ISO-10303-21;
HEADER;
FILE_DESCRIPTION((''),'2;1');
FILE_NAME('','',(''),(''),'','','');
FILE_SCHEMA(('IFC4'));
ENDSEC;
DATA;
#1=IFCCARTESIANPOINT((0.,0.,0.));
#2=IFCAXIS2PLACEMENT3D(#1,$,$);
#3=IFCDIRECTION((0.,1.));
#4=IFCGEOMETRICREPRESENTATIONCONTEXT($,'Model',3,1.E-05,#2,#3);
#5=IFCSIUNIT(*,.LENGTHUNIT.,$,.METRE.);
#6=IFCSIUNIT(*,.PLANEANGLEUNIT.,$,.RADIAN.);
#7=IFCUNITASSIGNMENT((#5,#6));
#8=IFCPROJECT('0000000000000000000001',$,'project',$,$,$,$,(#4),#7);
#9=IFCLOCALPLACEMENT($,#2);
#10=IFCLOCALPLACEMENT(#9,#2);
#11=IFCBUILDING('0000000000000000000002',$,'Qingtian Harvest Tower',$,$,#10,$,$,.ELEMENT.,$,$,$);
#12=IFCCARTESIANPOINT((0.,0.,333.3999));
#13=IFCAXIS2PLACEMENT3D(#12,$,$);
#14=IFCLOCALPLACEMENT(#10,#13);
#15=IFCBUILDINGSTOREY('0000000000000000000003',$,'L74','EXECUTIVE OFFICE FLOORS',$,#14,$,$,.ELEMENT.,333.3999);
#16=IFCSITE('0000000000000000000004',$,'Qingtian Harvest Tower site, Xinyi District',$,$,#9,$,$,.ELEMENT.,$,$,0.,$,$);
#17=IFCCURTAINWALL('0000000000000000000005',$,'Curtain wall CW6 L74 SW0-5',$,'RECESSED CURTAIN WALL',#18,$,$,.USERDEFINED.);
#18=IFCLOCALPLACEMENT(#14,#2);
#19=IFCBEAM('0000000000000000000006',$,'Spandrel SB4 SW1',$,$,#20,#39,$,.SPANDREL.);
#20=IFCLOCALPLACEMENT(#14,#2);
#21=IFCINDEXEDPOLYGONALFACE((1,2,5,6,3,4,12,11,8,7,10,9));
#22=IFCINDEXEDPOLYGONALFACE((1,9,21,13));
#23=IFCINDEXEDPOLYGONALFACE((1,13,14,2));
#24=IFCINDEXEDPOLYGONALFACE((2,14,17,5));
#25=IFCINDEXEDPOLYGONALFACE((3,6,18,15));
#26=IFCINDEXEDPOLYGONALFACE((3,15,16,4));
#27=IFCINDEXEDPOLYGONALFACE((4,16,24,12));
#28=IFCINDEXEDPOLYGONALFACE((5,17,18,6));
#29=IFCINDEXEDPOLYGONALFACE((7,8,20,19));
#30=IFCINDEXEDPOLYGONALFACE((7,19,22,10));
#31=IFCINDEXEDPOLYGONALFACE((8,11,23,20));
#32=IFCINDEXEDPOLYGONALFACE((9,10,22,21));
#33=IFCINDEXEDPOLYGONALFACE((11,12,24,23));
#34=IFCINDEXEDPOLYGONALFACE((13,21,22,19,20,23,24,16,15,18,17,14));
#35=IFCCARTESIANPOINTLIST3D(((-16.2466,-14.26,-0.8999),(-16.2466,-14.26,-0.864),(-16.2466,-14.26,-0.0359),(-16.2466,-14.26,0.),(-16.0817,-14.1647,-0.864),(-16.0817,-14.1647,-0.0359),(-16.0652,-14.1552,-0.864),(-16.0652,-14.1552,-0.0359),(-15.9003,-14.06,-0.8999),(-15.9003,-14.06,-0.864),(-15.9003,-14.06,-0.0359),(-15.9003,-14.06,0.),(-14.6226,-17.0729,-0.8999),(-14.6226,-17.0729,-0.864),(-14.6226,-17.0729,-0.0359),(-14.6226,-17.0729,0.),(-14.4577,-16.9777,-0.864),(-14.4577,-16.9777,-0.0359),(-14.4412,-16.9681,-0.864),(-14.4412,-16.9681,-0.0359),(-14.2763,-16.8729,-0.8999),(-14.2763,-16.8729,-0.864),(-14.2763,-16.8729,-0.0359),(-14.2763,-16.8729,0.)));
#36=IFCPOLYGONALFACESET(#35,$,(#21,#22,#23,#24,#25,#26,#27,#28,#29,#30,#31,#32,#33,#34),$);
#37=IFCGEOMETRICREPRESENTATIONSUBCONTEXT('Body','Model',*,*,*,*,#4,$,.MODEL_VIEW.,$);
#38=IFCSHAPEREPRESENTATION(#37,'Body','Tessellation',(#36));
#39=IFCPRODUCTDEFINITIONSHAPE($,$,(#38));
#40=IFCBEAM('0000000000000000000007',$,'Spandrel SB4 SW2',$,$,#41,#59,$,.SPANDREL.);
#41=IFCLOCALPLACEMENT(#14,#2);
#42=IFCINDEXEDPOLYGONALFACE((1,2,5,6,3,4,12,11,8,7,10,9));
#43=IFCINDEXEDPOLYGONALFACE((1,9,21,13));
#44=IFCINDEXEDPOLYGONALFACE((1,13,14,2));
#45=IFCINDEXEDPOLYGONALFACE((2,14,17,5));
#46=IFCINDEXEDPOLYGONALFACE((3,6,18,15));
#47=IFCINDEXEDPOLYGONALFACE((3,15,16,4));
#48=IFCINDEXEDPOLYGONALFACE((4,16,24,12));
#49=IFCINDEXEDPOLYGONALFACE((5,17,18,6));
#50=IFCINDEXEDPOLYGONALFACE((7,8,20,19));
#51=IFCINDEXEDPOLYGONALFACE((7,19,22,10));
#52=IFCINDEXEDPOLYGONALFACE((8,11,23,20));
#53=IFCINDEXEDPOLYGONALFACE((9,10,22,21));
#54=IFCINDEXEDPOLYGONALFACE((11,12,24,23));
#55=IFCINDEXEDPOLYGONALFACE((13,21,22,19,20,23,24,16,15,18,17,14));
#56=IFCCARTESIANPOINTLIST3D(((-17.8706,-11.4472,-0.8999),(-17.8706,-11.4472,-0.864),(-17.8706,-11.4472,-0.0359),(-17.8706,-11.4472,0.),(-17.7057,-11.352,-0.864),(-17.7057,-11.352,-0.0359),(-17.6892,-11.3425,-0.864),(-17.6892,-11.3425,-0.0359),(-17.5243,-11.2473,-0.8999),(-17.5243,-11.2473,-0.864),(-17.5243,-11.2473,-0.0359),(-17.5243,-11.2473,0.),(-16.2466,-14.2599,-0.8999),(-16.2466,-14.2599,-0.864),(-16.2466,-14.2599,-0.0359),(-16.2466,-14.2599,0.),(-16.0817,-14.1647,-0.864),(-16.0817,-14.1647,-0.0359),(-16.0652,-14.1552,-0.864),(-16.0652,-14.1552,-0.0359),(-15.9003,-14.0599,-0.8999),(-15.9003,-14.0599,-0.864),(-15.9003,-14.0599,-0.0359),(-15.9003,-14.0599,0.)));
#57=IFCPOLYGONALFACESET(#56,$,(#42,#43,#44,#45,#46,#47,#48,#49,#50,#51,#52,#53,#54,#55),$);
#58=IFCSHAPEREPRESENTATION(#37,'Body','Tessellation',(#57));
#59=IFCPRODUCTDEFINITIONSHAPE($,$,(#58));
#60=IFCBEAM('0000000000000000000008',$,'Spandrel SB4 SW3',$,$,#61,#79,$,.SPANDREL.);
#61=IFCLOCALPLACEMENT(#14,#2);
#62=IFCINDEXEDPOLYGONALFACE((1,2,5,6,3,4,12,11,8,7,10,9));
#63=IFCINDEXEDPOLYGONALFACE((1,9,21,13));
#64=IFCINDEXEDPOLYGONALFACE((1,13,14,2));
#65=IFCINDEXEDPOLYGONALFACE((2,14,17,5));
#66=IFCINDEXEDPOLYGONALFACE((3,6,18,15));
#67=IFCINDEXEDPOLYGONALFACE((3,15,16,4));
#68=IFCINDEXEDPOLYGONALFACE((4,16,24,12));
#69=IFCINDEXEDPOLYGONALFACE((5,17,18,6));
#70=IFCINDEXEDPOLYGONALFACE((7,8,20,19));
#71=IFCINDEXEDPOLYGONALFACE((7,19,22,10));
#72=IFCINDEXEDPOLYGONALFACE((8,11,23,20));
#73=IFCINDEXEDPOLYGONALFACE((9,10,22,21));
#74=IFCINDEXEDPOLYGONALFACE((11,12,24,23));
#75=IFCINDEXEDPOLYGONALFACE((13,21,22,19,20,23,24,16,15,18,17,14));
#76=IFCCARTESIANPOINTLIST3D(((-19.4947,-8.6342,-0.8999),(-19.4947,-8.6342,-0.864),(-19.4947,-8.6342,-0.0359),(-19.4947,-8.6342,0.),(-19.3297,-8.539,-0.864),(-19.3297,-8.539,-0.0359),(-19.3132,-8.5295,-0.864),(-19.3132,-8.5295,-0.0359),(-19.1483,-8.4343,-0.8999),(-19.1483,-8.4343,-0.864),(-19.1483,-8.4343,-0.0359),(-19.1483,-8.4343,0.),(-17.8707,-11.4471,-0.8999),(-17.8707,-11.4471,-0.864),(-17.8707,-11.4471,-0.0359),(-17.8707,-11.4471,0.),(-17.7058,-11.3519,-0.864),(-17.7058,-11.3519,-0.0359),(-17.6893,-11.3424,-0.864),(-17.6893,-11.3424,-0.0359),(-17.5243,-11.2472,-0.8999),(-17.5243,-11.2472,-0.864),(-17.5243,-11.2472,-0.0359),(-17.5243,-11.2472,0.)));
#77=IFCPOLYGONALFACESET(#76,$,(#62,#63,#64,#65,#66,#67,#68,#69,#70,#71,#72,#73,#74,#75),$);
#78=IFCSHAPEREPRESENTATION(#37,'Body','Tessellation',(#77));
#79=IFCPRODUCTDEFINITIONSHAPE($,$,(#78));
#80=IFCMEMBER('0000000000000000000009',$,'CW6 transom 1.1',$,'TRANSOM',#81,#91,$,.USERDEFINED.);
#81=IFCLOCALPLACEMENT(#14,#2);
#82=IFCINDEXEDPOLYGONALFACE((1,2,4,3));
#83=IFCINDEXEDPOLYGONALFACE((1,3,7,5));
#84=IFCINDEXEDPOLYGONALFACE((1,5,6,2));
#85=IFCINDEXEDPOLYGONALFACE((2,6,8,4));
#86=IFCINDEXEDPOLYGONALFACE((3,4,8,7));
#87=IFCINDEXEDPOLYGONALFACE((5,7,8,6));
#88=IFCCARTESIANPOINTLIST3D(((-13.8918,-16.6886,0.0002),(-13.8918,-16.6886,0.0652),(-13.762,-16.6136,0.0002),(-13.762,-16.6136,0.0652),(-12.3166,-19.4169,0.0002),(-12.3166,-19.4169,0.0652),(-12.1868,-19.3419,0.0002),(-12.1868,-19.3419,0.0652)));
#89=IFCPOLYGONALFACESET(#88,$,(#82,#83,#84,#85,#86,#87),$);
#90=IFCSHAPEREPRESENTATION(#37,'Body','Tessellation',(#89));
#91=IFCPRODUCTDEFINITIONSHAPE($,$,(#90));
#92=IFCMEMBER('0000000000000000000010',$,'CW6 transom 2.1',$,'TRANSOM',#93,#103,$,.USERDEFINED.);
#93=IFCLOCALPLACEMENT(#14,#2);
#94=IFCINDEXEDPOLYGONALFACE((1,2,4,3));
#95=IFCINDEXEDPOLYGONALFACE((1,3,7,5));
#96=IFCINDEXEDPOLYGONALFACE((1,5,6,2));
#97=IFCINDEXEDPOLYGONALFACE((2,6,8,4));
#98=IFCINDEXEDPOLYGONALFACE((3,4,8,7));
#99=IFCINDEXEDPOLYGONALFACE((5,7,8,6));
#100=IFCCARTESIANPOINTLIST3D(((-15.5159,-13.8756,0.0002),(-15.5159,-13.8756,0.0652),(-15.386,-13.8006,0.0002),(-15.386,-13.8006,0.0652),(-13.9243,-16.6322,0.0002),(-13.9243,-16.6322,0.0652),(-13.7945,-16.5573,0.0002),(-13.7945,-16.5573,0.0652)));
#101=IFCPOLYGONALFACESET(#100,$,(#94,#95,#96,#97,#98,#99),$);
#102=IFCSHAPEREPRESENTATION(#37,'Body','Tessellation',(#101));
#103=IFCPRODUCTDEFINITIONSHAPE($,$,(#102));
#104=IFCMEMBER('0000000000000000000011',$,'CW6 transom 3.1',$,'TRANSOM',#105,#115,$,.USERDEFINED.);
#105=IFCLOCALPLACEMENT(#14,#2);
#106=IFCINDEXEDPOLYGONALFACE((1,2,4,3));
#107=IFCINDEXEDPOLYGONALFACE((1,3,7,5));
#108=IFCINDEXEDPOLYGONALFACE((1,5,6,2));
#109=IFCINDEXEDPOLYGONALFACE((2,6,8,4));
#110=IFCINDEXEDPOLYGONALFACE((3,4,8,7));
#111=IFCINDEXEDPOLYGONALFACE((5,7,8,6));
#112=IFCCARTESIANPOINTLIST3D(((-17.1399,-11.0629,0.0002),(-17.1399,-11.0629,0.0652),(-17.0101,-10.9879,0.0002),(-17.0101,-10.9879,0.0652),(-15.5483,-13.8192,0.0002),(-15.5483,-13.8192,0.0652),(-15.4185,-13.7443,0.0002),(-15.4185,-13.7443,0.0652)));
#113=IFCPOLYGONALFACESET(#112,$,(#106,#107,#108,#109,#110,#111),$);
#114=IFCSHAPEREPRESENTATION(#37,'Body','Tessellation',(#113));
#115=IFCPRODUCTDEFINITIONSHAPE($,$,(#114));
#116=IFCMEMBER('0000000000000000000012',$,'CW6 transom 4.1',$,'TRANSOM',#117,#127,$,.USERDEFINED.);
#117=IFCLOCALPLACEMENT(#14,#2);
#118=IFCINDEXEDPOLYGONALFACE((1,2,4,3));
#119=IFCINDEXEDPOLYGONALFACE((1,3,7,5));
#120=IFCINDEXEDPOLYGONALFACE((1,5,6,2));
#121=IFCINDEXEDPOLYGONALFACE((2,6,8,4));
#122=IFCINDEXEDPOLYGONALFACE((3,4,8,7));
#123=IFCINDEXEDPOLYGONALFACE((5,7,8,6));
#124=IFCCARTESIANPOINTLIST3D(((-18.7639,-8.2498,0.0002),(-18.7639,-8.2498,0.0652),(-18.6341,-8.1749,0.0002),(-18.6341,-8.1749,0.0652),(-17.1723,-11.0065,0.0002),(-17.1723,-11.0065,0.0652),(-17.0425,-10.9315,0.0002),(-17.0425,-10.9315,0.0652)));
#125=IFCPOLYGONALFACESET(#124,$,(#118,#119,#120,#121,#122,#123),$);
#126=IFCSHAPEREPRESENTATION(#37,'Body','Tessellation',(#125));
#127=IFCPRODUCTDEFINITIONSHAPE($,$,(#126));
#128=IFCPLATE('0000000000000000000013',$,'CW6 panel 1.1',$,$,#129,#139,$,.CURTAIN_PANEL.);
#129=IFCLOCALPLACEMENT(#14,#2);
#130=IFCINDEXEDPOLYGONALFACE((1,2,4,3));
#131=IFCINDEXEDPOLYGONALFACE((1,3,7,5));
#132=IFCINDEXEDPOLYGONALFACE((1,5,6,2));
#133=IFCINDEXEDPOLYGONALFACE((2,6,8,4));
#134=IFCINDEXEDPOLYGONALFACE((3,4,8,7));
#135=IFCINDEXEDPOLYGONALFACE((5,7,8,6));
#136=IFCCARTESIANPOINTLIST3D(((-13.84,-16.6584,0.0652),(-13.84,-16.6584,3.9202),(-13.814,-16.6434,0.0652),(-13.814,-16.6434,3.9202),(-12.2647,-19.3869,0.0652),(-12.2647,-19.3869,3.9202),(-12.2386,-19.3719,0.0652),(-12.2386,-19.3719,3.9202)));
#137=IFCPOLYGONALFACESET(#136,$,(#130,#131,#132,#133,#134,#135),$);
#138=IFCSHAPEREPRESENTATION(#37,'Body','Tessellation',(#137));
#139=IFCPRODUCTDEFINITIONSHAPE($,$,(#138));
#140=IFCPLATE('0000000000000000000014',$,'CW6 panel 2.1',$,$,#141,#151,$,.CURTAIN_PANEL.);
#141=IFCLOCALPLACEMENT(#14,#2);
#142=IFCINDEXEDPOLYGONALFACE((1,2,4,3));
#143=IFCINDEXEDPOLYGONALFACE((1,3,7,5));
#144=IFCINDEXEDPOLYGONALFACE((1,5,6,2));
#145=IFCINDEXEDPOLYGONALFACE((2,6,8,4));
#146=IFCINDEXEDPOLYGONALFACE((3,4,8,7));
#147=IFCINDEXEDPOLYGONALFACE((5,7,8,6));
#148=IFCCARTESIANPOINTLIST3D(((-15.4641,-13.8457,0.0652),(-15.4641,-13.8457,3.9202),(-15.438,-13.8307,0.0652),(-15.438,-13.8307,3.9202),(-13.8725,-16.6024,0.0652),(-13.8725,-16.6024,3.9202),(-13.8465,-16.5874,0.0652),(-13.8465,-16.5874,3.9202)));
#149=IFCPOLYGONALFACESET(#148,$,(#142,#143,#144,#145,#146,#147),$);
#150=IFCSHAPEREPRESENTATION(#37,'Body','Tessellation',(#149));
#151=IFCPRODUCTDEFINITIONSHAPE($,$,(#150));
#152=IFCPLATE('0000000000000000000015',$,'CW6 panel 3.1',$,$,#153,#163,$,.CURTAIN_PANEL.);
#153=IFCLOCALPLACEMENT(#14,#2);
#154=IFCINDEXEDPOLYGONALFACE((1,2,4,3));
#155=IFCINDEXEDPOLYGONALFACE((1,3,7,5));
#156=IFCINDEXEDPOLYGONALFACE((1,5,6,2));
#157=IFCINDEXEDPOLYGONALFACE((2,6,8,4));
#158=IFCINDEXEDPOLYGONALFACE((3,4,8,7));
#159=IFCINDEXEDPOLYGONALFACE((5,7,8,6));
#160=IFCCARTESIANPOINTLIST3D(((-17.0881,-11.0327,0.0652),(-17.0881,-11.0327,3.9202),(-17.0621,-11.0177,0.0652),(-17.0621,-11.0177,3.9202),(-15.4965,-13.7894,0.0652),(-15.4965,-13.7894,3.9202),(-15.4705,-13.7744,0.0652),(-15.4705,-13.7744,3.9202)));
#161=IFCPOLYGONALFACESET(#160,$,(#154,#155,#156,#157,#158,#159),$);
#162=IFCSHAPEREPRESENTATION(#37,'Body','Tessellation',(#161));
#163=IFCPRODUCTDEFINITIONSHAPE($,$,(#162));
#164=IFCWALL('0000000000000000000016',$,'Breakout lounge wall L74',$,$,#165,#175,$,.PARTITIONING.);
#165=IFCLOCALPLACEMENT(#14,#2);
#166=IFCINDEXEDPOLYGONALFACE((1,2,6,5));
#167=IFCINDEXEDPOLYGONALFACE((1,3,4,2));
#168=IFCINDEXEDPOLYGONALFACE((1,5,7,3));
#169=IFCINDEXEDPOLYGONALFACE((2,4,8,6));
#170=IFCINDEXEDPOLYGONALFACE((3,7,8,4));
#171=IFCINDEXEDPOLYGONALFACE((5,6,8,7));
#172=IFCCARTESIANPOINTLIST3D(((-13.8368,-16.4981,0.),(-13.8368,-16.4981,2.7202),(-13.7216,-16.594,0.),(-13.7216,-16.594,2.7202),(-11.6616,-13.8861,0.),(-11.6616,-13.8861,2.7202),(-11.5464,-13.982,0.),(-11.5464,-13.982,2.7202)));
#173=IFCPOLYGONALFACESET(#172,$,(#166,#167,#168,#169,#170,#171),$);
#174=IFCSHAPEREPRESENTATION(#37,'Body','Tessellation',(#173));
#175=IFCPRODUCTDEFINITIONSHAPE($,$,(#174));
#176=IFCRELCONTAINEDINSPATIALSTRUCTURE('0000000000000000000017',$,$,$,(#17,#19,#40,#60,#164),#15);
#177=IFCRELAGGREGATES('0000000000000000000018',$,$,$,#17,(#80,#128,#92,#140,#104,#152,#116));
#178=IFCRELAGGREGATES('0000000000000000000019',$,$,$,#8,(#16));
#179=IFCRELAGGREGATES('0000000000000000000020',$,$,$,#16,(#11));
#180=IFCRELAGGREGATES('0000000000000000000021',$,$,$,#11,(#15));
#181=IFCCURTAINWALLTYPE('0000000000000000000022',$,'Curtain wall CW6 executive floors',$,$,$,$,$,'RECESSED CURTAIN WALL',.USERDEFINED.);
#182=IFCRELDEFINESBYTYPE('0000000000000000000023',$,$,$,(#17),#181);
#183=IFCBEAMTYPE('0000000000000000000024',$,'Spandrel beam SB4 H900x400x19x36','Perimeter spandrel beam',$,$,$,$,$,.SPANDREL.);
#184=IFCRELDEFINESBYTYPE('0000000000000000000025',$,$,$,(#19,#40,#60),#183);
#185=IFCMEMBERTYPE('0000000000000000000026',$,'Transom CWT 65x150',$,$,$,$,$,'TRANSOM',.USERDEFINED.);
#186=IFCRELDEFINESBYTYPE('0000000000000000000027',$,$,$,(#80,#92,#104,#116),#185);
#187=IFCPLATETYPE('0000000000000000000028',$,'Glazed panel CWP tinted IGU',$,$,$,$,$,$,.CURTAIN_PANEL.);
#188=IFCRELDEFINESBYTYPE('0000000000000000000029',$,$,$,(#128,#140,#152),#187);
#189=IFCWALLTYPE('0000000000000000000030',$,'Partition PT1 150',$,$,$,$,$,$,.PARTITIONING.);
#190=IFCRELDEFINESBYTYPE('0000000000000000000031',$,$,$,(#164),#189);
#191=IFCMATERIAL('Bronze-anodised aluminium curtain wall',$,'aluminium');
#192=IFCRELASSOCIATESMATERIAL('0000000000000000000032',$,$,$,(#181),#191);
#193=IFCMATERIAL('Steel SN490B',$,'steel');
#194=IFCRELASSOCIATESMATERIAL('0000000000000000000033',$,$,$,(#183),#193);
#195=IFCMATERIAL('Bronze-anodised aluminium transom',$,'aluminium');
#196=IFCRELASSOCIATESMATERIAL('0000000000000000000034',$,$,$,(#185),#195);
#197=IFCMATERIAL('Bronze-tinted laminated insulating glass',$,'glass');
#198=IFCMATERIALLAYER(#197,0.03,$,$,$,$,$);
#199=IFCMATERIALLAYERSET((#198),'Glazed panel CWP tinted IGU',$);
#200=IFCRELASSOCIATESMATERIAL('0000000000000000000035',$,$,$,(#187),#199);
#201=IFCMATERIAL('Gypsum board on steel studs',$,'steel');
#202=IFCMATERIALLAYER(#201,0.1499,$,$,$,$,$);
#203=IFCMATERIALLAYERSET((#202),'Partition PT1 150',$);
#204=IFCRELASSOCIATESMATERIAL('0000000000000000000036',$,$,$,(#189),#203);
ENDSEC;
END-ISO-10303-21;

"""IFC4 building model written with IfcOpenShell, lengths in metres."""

from ifc_helpers import new_model, si_unit, direction, frame, frame_2d, origin, origin_2d, place, context, subcontext, project, spatial, rectangle, i_section, extrude, material, layer, layer_set, material_profile, profile_set, type_object, element, aggregate, save


model = new_model("IFC4")

# Units and contexts
model_context = context("Model", 3, precision=1e-05, world=origin(), true_north=direction((0.0, 1.0)))
body_context = subcontext(model_context, "Body", "Model", "MODEL_VIEW")
ifc_project = project(units=[si_unit("LENGTHUNIT", "METRE"), si_unit("PLANEANGLEUNIT", "RADIAN")], contexts=[model_context])

# Site, building, storey
site_placement = place(None, origin())
site = spatial("IfcSite", under=ifc_project, at=site_placement, Name="Qingtian Harvest Tower site, Xinyi District", CompositionType="ELEMENT", RefElevation=0.0)
building_placement = place(site_placement, origin())
building = spatial("IfcBuilding", under=site, at=building_placement, Name="Qingtian Harvest Tower", CompositionType="ELEMENT")
storey_placement = place(building_placement, frame((0.0, 0.0, 333.3999)))
storey = spatial("IfcBuildingStorey", under=building, at=storey_placement, Name="L74", Description="EXECUTIVE OFFICE FLOORS", CompositionType="ELEMENT", Elevation=333.3999)

# Curtain wall
ifc_material_1 = material(Name="Bronze-anodised aluminium curtain wall", Category="aluminium")
curtain_wall_type = type_object("IfcCurtainWallType", Name="Curtain wall CW6 executive floors", ElementType="RECESSED CURTAIN WALL", PredefinedType="USERDEFINED", material=ifc_material_1)
curtain_wall_placement = place(storey_placement, origin())
curtain_wall = element("IfcCurtainWall", 1, at=curtain_wall_placement, inside=storey, type_object=curtain_wall_type, Name="Curtain wall CW6 L74 SW0-5", ObjectType="RECESSED CURTAIN WALL", PredefinedType="USERDEFINED")

# Beams
ifc_material_2 = material(Name="Steel SN490B", Category="steel")
ifc_material_profile_1 = material_profile(ifc_material_2, i_section(OverallWidth=0.3999, OverallDepth=0.8999, WebThickness=0.019, FlangeThickness=0.0359, at=origin_2d()), Name="H900x400x19x36")
ifc_profile_set_1 = profile_set([ifc_material_profile_1], Name="Steel SN490B")
beam_type_1 = type_object("IfcBeamType", Name="Spandrel beam SB4 H900x400x19x36", Description="Perimeter spandrel beam", PredefinedType="SPANDREL", material=ifc_profile_set_1)
beam_1_placement = place(storey_placement, frame((-14.4495, -16.9729, -0.45), z_axis=(-0.499987, 0.866033, 0.0), x_axis=(-0.866033, -0.499987, 0.0)))
element("IfcBeam", 2, at=beam_1_placement, inside=storey, type_object=beam_type_1, Name="Spandrel SB4 SW1", PredefinedType="SPANDREL", context=body_context, shape_type="SweptSolid", body=[
    extrude(i_section(OverallWidth=0.3999, OverallDepth=0.8999, WebThickness=0.019, FlangeThickness=0.0359, at=origin_2d()), origin(), (0.0, 0.0, 1.0), 3.248),
])
beam_2_placement = place(storey_placement, frame((-16.0735, -14.1599, -0.45), z_axis=(-0.50002, 0.866014, 0.0), x_axis=(-0.866014, -0.50002, 0.0)))
element("IfcBeam", 3, at=beam_2_placement, inside=storey, type_object=beam_type_1, Name="Spandrel SB4 SW2", PredefinedType="SPANDREL", context=body_context, shape_type="SweptSolid", body=[
    extrude(i_section(OverallWidth=0.3999, OverallDepth=0.8999, WebThickness=0.019, FlangeThickness=0.0359, at=origin_2d()), origin(), (0.0, 0.0, 1.0), 3.2478),
])
beam_3_placement = place(storey_placement, frame((-17.6975, -11.3472, -0.45), z_axis=(-0.499987, 0.866033, 0.0), x_axis=(-0.866033, -0.499987, 0.0)))
element("IfcBeam", 4, at=beam_3_placement, inside=storey, type_object=beam_type_1, Name="Spandrel SB4 SW3", PredefinedType="SPANDREL", context=body_context, shape_type="SweptSolid", body=[
    extrude(i_section(OverallWidth=0.3999, OverallDepth=0.8999, WebThickness=0.019, FlangeThickness=0.0359, at=origin_2d()), origin(), (0.0, 0.0, 1.0), 3.248),
])

# Members
ifc_material_3 = material(Name="Bronze-anodised aluminium transom", Category="aluminium")
ifc_material_profile_2 = material_profile(ifc_material_3, rectangle(XDim=0.1499, YDim=0.0649, at=origin_2d()), Name="AL 65x150")
ifc_profile_set_2 = profile_set([ifc_material_profile_2], Name="Bronze-anodised aluminium transom")
member_type_1 = type_object("IfcMemberType", Name="Transom CWT 65x150", ElementType="TRANSOM", PredefinedType="USERDEFINED", material=ifc_profile_set_2)
member_1_placement = place(storey_placement, frame((-12.2517, -19.3794, 0.0327), z_axis=(-0.500006, 0.866022, 0.0), x_axis=(-0.866022, -0.500006, 0.0)))
member_1 = element("IfcMember", 5, at=member_1_placement, type_object=member_type_1, Name="CW6 transom 1.1", ObjectType="TRANSOM", PredefinedType="USERDEFINED", context=body_context, shape_type="SweptSolid", body=[
    extrude(rectangle(XDim=0.1499, YDim=0.0649, at=origin_2d()), origin(), (0.0, 0.0, 1.0), 3.1504),
])
member_2_placement = place(storey_placement, frame((-13.8594, -16.5947, 0.0327), z_axis=(-0.500008, 0.866021, 0.0), x_axis=(-0.866021, -0.500008, 0.0)))
member_2 = element("IfcMember", 6, at=member_2_placement, type_object=member_type_1, Name="CW6 transom 2.1", ObjectType="TRANSOM", PredefinedType="USERDEFINED", context=body_context, shape_type="SweptSolid", body=[
    extrude(rectangle(XDim=0.1499, YDim=0.0649, at=origin_2d()), origin(), (0.0, 0.0, 1.0), 3.1831),
])
member_3_placement = place(storey_placement, frame((-15.4834, -13.7817, 0.0327), z_axis=(-0.500041, 0.866002, 0.0), x_axis=(-0.866002, -0.500041, 0.0)))
member_3 = element("IfcMember", 7, at=member_3_placement, type_object=member_type_1, Name="CW6 transom 3.1", ObjectType="TRANSOM", PredefinedType="USERDEFINED", context=body_context, shape_type="SweptSolid", body=[
    extrude(rectangle(XDim=0.1499, YDim=0.0649, at=origin_2d()), origin(), (0.0, 0.0, 1.0), 3.1829),
])
member_4_placement = place(storey_placement, frame((-17.1074, -10.969, 0.0327), z_axis=(-0.500008, 0.866021, 0.0), x_axis=(-0.866021, -0.500008, 0.0)))
member_4 = element("IfcMember", 8, at=member_4_placement, type_object=member_type_1, Name="CW6 transom 4.1", ObjectType="TRANSOM", PredefinedType="USERDEFINED", context=body_context, shape_type="SweptSolid", body=[
    extrude(rectangle(XDim=0.1499, YDim=0.0649, at=origin_2d()), origin(), (0.0, 0.0, 1.0), 3.1831),
])

# Plates
ifc_material_4 = material(Name="Bronze-tinted laminated insulating glass", Category="glass")
ifc_layer_1 = layer(ifc_material_4, 0.03)
ifc_layer_set_1 = layer_set([ifc_layer_1], Name="Glazed panel CWP tinted IGU")
plate_type = type_object("IfcPlateType", Name="Glazed panel CWP tinted IGU", PredefinedType="CURTAIN_PANEL", material=ifc_layer_set_1)
plate_1_placement = place(storey_placement, frame((-13.0393, -18.0151, 0.0652), z_axis=(0.0, 0.0, 1.0), x_axis=(-0.5, 0.866025, 0.0)))
plate_1 = element("IfcPlate", 9, at=plate_1_placement, type_object=plate_type, Name="CW6 panel 1.1", PredefinedType="CURTAIN_PANEL", context=body_context, shape_type="SweptSolid", body=[
    extrude(rectangle(XDim=3.1506, YDim=0.03, at=origin_2d()), origin(), (0.0, 0.0, 1.0), 3.855),
])
plate_2_placement = place(storey_placement, frame((-14.6553, -15.2166, 0.0652), z_axis=(0.0, 0.0, 1.0), x_axis=(-0.5, 0.866025, 0.0)))
plate_2 = element("IfcPlate", 10, at=plate_2_placement, type_object=plate_type, Name="CW6 panel 2.1", PredefinedType="CURTAIN_PANEL", context=body_context, shape_type="SweptSolid", body=[
    extrude(rectangle(XDim=3.1831, YDim=0.03, at=origin_2d()), origin(), (0.0, 0.0, 1.0), 3.855),
])
plate_3_placement = place(storey_placement, frame((-16.2793, -12.4036, 0.0652), z_axis=(0.0, 0.0, 1.0), x_axis=(-0.5, 0.866025, 0.0)))
plate_3 = element("IfcPlate", 11, at=plate_3_placement, type_object=plate_type, Name="CW6 panel 3.1", PredefinedType="CURTAIN_PANEL", context=body_context, shape_type="SweptSolid", body=[
    extrude(rectangle(XDim=3.1831, YDim=0.03, at=origin_2d()), origin(), (0.0, 0.0, 1.0), 3.855),
])
aggregate(curtain_wall, [member_1, plate_1, member_2, plate_2, member_3, plate_3, member_4])

# Wall
ifc_material_5 = material(Name="Gypsum board on steel studs", Category="steel")
ifc_layer_2 = layer(ifc_material_5, 0.1499)
ifc_layer_set_2 = layer_set([ifc_layer_2], Name="Partition PT1 150")
wall_type = type_object("IfcWallType", Name="Partition PT1 150", PredefinedType="PARTITIONING", material=ifc_layer_set_2)
wall_placement = place(storey_placement, frame((-13.7793, -16.5461, 0.0), z_axis=(0.0, 0.0, 1.0), x_axis=(0.639937, 0.768427, 0.0)))
element("IfcWall", 12, at=wall_placement, inside=storey, type_object=wall_type, Name="Breakout lounge wall L74", PredefinedType="PARTITIONING", context=body_context, shape_type="SweptSolid", body=[
    extrude(rectangle(XDim=3.3992, YDim=0.1499, at=frame_2d((1.6997, 0.0))), origin(), (0.0, 0.0, 1.0), 2.7202),
])

save(model, "model.ifc")
